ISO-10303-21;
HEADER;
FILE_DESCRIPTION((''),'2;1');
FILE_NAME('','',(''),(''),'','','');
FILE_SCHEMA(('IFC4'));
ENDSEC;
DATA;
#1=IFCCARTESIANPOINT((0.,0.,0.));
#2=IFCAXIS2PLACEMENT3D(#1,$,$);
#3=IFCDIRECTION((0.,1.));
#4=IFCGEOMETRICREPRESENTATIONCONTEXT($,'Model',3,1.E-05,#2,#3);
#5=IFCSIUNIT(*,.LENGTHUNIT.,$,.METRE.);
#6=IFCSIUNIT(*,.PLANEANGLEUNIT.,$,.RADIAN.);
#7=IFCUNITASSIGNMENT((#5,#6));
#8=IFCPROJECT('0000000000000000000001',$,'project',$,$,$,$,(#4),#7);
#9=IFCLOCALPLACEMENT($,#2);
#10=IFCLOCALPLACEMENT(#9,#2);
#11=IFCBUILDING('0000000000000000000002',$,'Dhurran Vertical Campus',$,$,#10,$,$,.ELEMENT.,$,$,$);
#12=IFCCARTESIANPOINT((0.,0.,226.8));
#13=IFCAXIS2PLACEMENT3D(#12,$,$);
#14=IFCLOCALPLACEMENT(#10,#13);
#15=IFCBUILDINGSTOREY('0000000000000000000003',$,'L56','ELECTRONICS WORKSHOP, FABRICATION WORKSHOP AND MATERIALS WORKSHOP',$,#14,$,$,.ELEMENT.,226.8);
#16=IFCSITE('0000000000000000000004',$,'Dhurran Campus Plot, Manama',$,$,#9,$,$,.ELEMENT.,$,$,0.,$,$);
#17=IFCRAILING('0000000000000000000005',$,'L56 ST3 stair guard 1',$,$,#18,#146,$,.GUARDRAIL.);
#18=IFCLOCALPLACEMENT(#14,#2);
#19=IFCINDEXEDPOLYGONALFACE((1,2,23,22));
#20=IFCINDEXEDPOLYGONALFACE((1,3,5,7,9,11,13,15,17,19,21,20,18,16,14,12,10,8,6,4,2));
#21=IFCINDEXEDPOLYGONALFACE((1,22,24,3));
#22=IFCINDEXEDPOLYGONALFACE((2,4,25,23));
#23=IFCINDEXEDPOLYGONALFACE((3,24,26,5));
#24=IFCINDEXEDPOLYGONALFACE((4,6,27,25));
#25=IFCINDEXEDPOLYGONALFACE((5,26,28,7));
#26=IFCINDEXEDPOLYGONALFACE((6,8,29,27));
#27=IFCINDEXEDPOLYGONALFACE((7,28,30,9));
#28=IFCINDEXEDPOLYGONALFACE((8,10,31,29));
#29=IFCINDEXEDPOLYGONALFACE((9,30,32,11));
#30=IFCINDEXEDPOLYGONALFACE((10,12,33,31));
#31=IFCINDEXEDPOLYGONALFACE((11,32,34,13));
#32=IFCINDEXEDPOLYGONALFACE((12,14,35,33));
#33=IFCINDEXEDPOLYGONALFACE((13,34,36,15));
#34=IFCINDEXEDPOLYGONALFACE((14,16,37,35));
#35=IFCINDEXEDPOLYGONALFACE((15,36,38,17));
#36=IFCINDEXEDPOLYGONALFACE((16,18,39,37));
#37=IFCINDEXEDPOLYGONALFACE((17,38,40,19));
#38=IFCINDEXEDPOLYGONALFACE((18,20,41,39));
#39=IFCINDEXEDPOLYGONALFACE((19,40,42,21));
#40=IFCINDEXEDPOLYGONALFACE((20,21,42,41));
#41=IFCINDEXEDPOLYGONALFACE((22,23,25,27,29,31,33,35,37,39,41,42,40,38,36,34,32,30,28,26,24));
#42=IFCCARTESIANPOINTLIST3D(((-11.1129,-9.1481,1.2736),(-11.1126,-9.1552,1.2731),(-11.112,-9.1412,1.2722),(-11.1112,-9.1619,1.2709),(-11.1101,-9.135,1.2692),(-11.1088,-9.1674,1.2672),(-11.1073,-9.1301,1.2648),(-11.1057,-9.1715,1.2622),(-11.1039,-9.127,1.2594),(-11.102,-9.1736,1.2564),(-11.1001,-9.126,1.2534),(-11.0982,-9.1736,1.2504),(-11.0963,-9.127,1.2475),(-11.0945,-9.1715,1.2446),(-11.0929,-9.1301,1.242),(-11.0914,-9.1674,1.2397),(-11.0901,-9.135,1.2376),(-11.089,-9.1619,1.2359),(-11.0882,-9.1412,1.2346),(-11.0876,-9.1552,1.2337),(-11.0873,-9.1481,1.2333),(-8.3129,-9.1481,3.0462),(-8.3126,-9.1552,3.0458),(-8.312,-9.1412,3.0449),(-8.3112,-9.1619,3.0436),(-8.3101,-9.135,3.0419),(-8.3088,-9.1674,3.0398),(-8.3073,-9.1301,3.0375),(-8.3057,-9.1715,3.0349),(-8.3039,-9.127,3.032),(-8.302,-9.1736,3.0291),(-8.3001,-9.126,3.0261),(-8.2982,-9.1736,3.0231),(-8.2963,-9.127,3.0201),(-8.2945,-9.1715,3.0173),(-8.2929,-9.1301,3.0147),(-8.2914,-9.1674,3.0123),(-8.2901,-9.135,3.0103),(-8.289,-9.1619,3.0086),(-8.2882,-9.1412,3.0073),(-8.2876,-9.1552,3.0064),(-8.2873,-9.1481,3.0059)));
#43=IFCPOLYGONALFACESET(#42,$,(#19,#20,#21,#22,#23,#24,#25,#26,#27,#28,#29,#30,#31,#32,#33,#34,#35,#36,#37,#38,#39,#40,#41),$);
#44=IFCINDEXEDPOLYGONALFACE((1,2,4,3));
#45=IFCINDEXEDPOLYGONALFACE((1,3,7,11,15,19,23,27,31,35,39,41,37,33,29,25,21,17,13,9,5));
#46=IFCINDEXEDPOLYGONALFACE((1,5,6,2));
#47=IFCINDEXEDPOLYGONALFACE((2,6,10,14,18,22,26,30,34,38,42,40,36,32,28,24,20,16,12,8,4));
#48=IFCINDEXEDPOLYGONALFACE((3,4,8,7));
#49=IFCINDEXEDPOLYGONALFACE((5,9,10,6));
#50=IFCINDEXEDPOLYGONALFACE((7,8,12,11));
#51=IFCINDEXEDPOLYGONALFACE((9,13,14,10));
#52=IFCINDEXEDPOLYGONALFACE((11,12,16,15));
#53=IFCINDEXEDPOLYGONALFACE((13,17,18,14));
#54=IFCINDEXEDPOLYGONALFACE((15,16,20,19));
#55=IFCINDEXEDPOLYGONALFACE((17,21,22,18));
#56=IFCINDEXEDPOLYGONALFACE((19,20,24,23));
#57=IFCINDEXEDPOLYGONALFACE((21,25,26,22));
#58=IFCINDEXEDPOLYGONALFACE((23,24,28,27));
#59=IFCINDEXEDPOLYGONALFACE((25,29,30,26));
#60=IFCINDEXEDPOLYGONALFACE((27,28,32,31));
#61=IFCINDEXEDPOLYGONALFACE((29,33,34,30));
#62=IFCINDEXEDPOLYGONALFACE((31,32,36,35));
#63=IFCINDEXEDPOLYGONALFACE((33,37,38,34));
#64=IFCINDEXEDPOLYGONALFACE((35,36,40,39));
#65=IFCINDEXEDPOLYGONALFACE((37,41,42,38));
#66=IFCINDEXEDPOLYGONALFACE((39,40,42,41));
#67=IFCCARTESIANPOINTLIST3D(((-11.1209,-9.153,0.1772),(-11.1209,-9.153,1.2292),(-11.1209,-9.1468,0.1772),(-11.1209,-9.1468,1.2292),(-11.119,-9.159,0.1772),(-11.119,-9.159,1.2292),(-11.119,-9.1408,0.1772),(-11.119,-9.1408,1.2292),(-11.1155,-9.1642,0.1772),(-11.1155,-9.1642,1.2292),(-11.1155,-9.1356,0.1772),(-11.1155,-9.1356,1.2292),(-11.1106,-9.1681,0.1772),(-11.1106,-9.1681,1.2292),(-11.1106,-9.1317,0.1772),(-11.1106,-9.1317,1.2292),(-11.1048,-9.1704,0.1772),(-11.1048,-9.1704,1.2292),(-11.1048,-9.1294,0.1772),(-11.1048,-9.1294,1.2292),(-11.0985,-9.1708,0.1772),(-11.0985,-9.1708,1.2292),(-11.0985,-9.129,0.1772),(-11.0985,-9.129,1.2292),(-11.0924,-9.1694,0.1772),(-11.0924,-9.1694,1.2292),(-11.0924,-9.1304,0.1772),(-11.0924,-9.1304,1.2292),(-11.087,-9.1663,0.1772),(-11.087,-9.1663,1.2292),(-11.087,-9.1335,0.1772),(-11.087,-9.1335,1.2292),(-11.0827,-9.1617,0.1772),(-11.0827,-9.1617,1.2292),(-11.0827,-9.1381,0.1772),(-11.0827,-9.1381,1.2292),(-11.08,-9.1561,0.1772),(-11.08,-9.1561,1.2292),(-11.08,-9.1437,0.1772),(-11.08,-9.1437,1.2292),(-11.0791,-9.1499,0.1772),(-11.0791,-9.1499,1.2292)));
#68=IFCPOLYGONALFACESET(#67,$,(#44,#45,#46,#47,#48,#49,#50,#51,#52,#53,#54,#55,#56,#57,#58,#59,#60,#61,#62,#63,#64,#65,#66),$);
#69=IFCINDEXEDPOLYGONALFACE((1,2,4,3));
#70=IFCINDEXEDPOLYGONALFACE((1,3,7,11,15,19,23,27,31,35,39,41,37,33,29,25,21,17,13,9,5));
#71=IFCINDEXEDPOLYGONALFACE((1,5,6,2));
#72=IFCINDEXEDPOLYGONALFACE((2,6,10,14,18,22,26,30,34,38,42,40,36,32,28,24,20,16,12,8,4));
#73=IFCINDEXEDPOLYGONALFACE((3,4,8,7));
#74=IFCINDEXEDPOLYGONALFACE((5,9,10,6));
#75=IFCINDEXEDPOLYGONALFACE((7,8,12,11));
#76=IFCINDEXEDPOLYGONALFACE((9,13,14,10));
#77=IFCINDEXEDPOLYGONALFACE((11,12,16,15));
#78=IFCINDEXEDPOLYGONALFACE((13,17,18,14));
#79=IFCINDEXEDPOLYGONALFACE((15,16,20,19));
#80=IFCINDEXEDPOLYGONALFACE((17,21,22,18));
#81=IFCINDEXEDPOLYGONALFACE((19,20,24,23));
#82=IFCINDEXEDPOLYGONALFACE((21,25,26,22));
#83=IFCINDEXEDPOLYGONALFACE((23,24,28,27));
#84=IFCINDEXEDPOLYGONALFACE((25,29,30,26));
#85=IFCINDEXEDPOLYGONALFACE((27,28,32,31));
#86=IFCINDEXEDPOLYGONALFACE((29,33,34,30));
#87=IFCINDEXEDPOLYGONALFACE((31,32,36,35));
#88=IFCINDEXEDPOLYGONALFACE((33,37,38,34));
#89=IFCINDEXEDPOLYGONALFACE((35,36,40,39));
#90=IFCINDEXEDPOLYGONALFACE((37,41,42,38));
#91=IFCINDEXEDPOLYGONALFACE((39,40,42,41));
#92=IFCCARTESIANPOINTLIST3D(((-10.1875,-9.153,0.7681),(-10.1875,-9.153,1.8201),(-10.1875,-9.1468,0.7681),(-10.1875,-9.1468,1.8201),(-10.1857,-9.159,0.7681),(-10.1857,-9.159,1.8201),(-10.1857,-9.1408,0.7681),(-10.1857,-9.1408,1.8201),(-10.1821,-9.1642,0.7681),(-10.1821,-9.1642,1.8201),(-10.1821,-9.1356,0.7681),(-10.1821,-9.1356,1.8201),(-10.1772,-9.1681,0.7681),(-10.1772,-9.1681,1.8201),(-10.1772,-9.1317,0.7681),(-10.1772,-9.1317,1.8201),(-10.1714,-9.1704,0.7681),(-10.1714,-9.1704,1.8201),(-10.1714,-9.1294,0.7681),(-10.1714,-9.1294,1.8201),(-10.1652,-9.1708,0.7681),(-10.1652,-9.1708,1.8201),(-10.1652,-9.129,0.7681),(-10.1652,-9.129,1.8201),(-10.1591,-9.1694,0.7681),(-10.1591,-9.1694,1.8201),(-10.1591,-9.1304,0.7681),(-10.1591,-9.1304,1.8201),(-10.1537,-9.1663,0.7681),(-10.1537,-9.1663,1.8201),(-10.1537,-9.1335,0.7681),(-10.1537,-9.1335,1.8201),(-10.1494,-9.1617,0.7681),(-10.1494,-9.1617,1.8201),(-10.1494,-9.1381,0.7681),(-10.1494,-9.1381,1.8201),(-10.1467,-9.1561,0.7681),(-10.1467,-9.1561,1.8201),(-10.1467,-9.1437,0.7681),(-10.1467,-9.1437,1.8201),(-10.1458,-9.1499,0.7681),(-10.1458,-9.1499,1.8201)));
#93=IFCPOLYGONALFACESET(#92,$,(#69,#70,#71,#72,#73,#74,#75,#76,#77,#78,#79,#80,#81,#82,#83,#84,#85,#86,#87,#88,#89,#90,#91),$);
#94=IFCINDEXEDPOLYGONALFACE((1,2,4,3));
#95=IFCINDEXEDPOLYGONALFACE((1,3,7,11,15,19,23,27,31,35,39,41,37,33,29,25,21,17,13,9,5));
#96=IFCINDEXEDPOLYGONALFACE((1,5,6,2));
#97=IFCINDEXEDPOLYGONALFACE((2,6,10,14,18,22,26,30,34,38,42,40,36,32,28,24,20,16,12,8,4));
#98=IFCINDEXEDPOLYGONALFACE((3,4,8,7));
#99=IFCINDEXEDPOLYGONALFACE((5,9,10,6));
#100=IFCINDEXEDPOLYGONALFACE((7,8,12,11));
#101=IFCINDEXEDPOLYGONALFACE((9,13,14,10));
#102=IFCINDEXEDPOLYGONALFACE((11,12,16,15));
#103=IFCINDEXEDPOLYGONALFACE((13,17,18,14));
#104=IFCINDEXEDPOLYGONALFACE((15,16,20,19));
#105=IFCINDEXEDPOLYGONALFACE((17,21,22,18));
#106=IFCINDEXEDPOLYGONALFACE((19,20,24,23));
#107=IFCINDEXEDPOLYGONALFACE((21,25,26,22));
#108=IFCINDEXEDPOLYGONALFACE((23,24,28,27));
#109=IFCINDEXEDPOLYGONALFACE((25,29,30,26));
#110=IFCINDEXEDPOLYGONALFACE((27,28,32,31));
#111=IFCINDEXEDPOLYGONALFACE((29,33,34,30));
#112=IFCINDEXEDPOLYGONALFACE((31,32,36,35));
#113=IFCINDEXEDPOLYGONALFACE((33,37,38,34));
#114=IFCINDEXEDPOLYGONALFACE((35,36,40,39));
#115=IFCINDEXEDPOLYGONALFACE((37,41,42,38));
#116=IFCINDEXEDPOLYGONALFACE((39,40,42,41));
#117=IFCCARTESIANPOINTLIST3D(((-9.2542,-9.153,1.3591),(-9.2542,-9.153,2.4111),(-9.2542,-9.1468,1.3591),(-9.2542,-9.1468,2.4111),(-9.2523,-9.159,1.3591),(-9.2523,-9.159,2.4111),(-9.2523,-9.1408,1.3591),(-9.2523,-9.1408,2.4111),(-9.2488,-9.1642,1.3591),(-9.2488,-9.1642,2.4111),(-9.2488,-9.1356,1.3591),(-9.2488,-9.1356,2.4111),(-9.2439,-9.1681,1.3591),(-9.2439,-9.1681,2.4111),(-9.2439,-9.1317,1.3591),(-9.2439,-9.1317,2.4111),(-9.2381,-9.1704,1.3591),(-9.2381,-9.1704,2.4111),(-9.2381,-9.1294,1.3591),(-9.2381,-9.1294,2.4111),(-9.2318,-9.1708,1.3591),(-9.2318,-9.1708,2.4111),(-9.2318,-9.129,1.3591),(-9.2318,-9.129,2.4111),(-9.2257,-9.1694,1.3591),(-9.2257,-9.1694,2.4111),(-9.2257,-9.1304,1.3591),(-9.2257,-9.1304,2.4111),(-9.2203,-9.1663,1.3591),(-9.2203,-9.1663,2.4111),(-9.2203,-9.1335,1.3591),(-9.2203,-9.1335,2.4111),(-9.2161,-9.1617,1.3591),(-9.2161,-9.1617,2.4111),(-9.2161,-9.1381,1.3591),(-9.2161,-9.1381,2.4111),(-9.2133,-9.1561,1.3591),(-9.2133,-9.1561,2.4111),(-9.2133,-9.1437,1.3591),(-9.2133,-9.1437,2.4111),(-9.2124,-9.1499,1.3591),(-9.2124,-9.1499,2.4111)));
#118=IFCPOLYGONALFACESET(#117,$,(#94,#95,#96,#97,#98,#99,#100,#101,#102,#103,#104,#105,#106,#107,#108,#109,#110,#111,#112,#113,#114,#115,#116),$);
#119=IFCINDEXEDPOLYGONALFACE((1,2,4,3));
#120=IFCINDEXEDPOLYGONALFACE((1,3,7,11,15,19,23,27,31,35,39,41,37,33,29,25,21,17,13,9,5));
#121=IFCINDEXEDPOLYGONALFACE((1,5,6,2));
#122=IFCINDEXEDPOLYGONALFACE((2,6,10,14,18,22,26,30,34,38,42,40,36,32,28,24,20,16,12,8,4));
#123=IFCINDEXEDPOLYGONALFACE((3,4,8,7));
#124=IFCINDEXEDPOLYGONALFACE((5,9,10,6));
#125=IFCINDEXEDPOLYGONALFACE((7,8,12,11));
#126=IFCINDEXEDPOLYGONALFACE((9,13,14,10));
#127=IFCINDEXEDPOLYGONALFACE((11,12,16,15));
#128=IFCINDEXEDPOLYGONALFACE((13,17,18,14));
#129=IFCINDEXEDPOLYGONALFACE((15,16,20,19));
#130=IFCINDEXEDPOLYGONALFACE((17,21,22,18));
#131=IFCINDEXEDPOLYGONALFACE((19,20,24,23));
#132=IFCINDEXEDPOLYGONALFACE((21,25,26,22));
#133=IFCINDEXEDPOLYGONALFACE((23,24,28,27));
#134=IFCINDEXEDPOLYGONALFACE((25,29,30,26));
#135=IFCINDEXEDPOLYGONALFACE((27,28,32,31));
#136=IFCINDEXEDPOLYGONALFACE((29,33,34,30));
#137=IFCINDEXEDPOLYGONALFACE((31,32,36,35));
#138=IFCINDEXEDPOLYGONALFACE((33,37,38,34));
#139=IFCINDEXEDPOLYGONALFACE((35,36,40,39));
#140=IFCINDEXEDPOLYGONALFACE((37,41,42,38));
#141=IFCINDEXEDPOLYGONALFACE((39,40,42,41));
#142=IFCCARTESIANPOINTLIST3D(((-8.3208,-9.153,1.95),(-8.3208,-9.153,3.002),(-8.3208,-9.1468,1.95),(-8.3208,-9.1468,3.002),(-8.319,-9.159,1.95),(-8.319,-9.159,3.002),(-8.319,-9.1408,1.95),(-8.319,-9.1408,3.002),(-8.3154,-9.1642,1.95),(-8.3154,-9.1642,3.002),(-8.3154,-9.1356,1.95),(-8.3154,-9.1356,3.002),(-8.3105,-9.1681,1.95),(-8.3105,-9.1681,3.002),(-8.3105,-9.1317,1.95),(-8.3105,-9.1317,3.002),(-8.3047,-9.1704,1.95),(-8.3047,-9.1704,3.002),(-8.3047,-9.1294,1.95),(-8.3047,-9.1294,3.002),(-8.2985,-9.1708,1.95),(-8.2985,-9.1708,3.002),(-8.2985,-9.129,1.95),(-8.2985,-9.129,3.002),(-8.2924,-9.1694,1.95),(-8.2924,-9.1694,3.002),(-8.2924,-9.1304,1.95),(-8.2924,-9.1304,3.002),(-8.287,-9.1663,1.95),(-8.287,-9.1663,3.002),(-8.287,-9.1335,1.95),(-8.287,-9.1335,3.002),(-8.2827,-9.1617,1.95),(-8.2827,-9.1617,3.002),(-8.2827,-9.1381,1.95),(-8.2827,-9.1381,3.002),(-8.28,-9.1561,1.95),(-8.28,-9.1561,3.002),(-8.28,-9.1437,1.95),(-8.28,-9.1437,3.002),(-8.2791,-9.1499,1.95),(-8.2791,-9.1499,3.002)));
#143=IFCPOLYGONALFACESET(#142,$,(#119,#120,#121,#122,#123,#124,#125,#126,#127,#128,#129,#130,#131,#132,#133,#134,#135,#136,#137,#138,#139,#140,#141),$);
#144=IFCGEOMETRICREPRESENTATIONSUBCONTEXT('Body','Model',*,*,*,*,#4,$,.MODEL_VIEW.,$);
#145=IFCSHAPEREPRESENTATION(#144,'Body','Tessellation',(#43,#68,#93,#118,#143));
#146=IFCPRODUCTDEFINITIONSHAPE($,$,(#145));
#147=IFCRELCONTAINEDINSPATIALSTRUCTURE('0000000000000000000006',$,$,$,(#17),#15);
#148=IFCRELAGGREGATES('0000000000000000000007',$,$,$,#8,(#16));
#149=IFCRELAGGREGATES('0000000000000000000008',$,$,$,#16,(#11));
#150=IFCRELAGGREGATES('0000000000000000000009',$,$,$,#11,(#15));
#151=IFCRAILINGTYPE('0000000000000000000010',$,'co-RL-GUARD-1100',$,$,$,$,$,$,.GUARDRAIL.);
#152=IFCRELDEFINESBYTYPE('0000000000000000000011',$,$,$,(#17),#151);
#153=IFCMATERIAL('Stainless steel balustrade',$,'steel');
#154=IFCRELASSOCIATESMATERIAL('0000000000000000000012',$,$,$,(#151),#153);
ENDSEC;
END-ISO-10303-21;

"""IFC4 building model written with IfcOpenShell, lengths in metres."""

from ifc_helpers import new_model, si_unit, direction, frame, origin, origin_2d, place, context, subcontext, project, spatial, circle, extrude, material, type_object, element, save


model = new_model("IFC4")

# Units and contexts
model_context = context("Model", 3, precision=1e-05, world=origin(), true_north=direction((0.0, 1.0)))
body_context = subcontext(model_context, "Body", "Model", "MODEL_VIEW")
ifc_project = project(units=[si_unit("LENGTHUNIT", "METRE"), si_unit("PLANEANGLEUNIT", "RADIAN")], contexts=[model_context])

# Site, building, storey
site_placement = place(None, origin())
site = spatial("IfcSite", under=ifc_project, at=site_placement, Name="Dhurran Campus Plot, Manama", CompositionType="ELEMENT", RefElevation=0.0)
building_placement = place(site_placement, origin())
building = spatial("IfcBuilding", under=site, at=building_placement, Name="Dhurran Vertical Campus", CompositionType="ELEMENT")
storey_placement = place(building_placement, frame((0.0, 0.0, 226.8)))
storey = spatial("IfcBuildingStorey", under=building, at=storey_placement, Name="L56", Description="ELECTRONICS WORKSHOP, FABRICATION WORKSHOP AND MATERIALS WORKSHOP", CompositionType="ELEMENT", Elevation=226.8)

# Railing
ifc_material_1 = material(Name="Stainless steel balustrade", Category="steel")
railing_type_1 = type_object("IfcRailingType", Name="co-RL-GUARD-1100", PredefinedType="GUARDRAIL", material=ifc_material_1)
railing_1_placement = place(storey_placement, frame((-11.1001, -9.1499, 0.1772)))
element("IfcRailing", 1, at=railing_1_placement, inside=storey, type_object=railing_type_1, Name="L56 ST3 stair guard 1", PredefinedType="GUARDRAIL", context=body_context, shape_type="SweptSolid", body=[
    extrude(circle(Radius=0.0239, at=origin_2d()), frame((0.0, 0.0, 1.0762), z_axis=(0.844909, 0.0, 0.53491), x_axis=(0.0, 1.0, 0.0)), (0.0, 0.0, 1.0), 3.314),
    extrude(circle(Radius=0.021, at=origin_2d()), origin(), (0.0, 0.0, 1.0), 1.052),
    extrude(circle(Radius=0.021, at=origin_2d()), frame((0.9333, 0.0, 0.5908)), (0.0, 0.0, 1.0), 1.052),
    extrude(circle(Radius=0.021, at=origin_2d()), frame((1.8667, 0.0, 1.1819)), (0.0, 0.0, 1.0), 1.052),
    extrude(circle(Radius=0.021, at=origin_2d()), frame((2.8, 0.0, 1.7727)), (0.0, 0.0, 1.0), 1.052),
])

save(model, "model.ifc")
